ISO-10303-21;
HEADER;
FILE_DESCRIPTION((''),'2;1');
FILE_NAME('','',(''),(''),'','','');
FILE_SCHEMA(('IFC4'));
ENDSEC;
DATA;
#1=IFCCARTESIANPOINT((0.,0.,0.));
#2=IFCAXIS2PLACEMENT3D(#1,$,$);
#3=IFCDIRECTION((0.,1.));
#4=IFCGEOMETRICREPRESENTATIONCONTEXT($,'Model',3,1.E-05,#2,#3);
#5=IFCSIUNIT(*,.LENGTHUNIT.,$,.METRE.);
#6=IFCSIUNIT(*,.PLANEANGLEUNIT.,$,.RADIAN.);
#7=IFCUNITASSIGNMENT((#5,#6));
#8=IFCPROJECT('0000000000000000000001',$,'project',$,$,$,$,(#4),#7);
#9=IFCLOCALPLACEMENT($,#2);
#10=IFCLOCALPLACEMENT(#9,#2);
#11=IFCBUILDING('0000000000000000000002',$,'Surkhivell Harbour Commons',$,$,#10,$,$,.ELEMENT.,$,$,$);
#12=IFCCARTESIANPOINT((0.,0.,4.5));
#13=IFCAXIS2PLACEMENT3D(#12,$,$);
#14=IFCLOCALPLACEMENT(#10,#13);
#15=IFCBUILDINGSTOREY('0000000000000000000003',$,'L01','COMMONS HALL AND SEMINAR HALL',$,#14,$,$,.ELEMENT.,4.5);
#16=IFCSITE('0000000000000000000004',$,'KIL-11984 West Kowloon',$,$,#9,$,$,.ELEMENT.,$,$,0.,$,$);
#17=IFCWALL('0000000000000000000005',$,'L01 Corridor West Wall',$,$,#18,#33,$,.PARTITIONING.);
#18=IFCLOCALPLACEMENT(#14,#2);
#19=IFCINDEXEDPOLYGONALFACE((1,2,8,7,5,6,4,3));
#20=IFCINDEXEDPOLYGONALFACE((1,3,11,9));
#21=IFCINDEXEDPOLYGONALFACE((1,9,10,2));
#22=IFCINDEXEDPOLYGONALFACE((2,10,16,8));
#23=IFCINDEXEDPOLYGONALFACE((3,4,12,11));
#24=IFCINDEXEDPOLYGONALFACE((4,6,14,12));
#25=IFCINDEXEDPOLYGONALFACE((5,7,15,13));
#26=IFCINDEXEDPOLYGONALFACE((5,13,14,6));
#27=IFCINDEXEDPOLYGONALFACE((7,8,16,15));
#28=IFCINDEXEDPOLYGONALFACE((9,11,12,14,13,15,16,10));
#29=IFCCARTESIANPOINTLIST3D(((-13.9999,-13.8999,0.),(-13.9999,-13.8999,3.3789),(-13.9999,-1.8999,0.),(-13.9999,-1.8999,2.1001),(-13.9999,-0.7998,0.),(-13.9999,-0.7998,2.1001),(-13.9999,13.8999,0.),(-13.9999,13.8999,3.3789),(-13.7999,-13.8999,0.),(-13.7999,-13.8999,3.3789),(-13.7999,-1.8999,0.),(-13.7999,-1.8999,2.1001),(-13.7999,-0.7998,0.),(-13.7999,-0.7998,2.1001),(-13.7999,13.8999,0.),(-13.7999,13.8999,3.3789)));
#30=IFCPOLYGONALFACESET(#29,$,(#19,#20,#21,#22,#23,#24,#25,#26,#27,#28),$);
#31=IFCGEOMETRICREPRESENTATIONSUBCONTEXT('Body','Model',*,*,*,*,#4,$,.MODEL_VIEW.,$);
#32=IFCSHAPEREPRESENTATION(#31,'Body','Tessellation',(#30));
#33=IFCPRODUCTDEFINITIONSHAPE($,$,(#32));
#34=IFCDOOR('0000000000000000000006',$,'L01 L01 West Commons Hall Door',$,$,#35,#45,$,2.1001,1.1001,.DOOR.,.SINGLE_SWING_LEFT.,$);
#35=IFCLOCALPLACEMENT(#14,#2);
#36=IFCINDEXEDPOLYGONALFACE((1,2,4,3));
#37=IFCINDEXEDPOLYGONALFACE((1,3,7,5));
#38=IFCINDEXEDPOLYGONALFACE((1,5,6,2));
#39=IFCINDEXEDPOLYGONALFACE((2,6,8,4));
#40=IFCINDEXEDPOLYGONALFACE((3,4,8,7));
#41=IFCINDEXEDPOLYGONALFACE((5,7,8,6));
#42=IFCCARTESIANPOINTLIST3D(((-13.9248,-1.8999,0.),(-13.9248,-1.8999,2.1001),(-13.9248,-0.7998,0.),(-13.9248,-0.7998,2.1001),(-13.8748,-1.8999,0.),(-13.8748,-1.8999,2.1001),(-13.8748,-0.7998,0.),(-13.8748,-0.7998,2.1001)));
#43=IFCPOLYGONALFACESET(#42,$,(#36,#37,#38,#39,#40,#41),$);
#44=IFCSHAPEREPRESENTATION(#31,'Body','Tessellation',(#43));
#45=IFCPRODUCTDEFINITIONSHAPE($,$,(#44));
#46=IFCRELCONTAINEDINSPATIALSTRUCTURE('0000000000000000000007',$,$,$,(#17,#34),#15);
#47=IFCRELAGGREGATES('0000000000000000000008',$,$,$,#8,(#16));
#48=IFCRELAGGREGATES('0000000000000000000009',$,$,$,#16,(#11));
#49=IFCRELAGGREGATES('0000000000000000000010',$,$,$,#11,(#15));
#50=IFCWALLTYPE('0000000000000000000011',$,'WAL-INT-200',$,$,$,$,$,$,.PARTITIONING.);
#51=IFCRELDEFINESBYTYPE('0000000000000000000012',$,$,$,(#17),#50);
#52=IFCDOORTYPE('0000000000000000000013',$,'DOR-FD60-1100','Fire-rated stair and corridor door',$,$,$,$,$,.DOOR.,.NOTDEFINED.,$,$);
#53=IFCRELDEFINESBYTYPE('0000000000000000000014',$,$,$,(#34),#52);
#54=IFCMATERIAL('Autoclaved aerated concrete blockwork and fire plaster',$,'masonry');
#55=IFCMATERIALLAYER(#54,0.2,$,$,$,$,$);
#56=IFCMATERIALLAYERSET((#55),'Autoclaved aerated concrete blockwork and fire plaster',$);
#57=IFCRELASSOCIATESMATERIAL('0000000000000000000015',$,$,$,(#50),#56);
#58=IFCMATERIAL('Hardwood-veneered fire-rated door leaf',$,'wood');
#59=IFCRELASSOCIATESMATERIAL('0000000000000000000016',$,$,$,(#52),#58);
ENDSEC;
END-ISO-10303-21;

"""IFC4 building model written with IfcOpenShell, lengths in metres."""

from ifc_helpers import new_model, si_unit, direction, frame, frame_2d, origin, place, context, subcontext, project, spatial, rectangle, extrude, material, layer, layer_set, type_object, element, fill, save


model = new_model("IFC4")

# Units and contexts
model_context = context("Model", 3, precision=1e-05, world=origin(), true_north=direction((0.0, 1.0)))
body_context = subcontext(model_context, "Body", "Model", "MODEL_VIEW")
ifc_project = project(units=[si_unit("LENGTHUNIT", "METRE"), si_unit("PLANEANGLEUNIT", "RADIAN")], contexts=[model_context])

# Site, building, storey
site_placement = place(None, origin())
site = spatial("IfcSite", under=ifc_project, at=site_placement, Name="KIL-11984 West Kowloon", CompositionType="ELEMENT", RefElevation=0.0)
building_placement = place(site_placement, origin())
building = spatial("IfcBuilding", under=site, at=building_placement, Name="Surkhivell Harbour Commons", CompositionType="ELEMENT")
storey_placement = place(building_placement, frame((0.0, 0.0, 4.5)))
storey = spatial("IfcBuildingStorey", under=building, at=storey_placement, Name="L01", Description="COMMONS HALL AND SEMINAR HALL", CompositionType="ELEMENT", Elevation=4.5)

# Shared definitions
ifc_material_1 = material(Name="Autoclaved aerated concrete blockwork and fire plaster", Category="masonry")
ifc_layer_1 = layer(ifc_material_1, 0.2)
ifc_layer_set_1 = layer_set([ifc_layer_1], Name="Autoclaved aerated concrete blockwork and fire plaster")
wall_type = type_object("IfcWallType", Name="WAL-INT-200", PredefinedType="PARTITIONING", material=ifc_layer_set_1)
ifc_material_2 = material(Name="Hardwood-veneered fire-rated door leaf", Category="wood")
door_type_1 = type_object("IfcDoorType", Name="DOR-FD60-1100", Description="Fire-rated stair and corridor door", OperationType="NOTDEFINED", PredefinedType="DOOR", material=ifc_material_2)

# Wall, opening, door
wall_1_placement = place(storey_placement, frame((-13.8999, -13.8999, 0.0), z_axis=(0.0, 0.0, 1.0), x_axis=(0.0, 1.0, 0.0)))
wall_1 = element("IfcWall", 1, at=wall_1_placement, inside=storey, type_object=wall_type, Name="L01 Corridor West Wall", PredefinedType="PARTITIONING", context=body_context, shape_type="SweptSolid", body=[
    extrude(rectangle(XDim=27.7998, YDim=0.2, at=frame_2d((13.8999, 0.0))), origin(), (0.0, 0.0, 1.0), 3.3789),
])
opening_1_placement = place(wall_1_placement, frame((12.0, 0.0, 0.0)))
opening_1 = element("IfcOpeningElement", 2, at=opening_1_placement, cuts=wall_1, PredefinedType="OPENING", context=body_context, shape_type="SweptSolid", body=[
    extrude(rectangle(XDim=1.1001, YDim=2.1001, at=frame_2d((0.55, 1.05))), frame((0.0, 0.1099, 0.0), z_axis=(0.0, -1.0, 0.0), x_axis=(1.0, 0.0, 0.0)), (0.0, 0.0, 1.0), 0.22),
])
door_1_placement = place(opening_1_placement, origin())
door_1 = element("IfcDoor", 3, at=door_1_placement, inside=storey, type_object=door_type_1, Name="L01 L01 West Commons Hall Door", OperationType="SINGLE_SWING_LEFT", OverallHeight=2.1001, OverallWidth=1.1001, PredefinedType="DOOR", context=body_context, shape_type="SweptSolid", body=[
    extrude(rectangle(XDim=1.1001, YDim=2.1001, at=frame_2d((0.55, 1.05))), frame((0.0, 0.0249, 0.0), z_axis=(0.0, -1.0, 0.0), x_axis=(1.0, 0.0, 0.0)), (0.0, 0.0, 1.0), 0.05),
])
fill(opening_1, door_1)

save(model, "model.ifc")
